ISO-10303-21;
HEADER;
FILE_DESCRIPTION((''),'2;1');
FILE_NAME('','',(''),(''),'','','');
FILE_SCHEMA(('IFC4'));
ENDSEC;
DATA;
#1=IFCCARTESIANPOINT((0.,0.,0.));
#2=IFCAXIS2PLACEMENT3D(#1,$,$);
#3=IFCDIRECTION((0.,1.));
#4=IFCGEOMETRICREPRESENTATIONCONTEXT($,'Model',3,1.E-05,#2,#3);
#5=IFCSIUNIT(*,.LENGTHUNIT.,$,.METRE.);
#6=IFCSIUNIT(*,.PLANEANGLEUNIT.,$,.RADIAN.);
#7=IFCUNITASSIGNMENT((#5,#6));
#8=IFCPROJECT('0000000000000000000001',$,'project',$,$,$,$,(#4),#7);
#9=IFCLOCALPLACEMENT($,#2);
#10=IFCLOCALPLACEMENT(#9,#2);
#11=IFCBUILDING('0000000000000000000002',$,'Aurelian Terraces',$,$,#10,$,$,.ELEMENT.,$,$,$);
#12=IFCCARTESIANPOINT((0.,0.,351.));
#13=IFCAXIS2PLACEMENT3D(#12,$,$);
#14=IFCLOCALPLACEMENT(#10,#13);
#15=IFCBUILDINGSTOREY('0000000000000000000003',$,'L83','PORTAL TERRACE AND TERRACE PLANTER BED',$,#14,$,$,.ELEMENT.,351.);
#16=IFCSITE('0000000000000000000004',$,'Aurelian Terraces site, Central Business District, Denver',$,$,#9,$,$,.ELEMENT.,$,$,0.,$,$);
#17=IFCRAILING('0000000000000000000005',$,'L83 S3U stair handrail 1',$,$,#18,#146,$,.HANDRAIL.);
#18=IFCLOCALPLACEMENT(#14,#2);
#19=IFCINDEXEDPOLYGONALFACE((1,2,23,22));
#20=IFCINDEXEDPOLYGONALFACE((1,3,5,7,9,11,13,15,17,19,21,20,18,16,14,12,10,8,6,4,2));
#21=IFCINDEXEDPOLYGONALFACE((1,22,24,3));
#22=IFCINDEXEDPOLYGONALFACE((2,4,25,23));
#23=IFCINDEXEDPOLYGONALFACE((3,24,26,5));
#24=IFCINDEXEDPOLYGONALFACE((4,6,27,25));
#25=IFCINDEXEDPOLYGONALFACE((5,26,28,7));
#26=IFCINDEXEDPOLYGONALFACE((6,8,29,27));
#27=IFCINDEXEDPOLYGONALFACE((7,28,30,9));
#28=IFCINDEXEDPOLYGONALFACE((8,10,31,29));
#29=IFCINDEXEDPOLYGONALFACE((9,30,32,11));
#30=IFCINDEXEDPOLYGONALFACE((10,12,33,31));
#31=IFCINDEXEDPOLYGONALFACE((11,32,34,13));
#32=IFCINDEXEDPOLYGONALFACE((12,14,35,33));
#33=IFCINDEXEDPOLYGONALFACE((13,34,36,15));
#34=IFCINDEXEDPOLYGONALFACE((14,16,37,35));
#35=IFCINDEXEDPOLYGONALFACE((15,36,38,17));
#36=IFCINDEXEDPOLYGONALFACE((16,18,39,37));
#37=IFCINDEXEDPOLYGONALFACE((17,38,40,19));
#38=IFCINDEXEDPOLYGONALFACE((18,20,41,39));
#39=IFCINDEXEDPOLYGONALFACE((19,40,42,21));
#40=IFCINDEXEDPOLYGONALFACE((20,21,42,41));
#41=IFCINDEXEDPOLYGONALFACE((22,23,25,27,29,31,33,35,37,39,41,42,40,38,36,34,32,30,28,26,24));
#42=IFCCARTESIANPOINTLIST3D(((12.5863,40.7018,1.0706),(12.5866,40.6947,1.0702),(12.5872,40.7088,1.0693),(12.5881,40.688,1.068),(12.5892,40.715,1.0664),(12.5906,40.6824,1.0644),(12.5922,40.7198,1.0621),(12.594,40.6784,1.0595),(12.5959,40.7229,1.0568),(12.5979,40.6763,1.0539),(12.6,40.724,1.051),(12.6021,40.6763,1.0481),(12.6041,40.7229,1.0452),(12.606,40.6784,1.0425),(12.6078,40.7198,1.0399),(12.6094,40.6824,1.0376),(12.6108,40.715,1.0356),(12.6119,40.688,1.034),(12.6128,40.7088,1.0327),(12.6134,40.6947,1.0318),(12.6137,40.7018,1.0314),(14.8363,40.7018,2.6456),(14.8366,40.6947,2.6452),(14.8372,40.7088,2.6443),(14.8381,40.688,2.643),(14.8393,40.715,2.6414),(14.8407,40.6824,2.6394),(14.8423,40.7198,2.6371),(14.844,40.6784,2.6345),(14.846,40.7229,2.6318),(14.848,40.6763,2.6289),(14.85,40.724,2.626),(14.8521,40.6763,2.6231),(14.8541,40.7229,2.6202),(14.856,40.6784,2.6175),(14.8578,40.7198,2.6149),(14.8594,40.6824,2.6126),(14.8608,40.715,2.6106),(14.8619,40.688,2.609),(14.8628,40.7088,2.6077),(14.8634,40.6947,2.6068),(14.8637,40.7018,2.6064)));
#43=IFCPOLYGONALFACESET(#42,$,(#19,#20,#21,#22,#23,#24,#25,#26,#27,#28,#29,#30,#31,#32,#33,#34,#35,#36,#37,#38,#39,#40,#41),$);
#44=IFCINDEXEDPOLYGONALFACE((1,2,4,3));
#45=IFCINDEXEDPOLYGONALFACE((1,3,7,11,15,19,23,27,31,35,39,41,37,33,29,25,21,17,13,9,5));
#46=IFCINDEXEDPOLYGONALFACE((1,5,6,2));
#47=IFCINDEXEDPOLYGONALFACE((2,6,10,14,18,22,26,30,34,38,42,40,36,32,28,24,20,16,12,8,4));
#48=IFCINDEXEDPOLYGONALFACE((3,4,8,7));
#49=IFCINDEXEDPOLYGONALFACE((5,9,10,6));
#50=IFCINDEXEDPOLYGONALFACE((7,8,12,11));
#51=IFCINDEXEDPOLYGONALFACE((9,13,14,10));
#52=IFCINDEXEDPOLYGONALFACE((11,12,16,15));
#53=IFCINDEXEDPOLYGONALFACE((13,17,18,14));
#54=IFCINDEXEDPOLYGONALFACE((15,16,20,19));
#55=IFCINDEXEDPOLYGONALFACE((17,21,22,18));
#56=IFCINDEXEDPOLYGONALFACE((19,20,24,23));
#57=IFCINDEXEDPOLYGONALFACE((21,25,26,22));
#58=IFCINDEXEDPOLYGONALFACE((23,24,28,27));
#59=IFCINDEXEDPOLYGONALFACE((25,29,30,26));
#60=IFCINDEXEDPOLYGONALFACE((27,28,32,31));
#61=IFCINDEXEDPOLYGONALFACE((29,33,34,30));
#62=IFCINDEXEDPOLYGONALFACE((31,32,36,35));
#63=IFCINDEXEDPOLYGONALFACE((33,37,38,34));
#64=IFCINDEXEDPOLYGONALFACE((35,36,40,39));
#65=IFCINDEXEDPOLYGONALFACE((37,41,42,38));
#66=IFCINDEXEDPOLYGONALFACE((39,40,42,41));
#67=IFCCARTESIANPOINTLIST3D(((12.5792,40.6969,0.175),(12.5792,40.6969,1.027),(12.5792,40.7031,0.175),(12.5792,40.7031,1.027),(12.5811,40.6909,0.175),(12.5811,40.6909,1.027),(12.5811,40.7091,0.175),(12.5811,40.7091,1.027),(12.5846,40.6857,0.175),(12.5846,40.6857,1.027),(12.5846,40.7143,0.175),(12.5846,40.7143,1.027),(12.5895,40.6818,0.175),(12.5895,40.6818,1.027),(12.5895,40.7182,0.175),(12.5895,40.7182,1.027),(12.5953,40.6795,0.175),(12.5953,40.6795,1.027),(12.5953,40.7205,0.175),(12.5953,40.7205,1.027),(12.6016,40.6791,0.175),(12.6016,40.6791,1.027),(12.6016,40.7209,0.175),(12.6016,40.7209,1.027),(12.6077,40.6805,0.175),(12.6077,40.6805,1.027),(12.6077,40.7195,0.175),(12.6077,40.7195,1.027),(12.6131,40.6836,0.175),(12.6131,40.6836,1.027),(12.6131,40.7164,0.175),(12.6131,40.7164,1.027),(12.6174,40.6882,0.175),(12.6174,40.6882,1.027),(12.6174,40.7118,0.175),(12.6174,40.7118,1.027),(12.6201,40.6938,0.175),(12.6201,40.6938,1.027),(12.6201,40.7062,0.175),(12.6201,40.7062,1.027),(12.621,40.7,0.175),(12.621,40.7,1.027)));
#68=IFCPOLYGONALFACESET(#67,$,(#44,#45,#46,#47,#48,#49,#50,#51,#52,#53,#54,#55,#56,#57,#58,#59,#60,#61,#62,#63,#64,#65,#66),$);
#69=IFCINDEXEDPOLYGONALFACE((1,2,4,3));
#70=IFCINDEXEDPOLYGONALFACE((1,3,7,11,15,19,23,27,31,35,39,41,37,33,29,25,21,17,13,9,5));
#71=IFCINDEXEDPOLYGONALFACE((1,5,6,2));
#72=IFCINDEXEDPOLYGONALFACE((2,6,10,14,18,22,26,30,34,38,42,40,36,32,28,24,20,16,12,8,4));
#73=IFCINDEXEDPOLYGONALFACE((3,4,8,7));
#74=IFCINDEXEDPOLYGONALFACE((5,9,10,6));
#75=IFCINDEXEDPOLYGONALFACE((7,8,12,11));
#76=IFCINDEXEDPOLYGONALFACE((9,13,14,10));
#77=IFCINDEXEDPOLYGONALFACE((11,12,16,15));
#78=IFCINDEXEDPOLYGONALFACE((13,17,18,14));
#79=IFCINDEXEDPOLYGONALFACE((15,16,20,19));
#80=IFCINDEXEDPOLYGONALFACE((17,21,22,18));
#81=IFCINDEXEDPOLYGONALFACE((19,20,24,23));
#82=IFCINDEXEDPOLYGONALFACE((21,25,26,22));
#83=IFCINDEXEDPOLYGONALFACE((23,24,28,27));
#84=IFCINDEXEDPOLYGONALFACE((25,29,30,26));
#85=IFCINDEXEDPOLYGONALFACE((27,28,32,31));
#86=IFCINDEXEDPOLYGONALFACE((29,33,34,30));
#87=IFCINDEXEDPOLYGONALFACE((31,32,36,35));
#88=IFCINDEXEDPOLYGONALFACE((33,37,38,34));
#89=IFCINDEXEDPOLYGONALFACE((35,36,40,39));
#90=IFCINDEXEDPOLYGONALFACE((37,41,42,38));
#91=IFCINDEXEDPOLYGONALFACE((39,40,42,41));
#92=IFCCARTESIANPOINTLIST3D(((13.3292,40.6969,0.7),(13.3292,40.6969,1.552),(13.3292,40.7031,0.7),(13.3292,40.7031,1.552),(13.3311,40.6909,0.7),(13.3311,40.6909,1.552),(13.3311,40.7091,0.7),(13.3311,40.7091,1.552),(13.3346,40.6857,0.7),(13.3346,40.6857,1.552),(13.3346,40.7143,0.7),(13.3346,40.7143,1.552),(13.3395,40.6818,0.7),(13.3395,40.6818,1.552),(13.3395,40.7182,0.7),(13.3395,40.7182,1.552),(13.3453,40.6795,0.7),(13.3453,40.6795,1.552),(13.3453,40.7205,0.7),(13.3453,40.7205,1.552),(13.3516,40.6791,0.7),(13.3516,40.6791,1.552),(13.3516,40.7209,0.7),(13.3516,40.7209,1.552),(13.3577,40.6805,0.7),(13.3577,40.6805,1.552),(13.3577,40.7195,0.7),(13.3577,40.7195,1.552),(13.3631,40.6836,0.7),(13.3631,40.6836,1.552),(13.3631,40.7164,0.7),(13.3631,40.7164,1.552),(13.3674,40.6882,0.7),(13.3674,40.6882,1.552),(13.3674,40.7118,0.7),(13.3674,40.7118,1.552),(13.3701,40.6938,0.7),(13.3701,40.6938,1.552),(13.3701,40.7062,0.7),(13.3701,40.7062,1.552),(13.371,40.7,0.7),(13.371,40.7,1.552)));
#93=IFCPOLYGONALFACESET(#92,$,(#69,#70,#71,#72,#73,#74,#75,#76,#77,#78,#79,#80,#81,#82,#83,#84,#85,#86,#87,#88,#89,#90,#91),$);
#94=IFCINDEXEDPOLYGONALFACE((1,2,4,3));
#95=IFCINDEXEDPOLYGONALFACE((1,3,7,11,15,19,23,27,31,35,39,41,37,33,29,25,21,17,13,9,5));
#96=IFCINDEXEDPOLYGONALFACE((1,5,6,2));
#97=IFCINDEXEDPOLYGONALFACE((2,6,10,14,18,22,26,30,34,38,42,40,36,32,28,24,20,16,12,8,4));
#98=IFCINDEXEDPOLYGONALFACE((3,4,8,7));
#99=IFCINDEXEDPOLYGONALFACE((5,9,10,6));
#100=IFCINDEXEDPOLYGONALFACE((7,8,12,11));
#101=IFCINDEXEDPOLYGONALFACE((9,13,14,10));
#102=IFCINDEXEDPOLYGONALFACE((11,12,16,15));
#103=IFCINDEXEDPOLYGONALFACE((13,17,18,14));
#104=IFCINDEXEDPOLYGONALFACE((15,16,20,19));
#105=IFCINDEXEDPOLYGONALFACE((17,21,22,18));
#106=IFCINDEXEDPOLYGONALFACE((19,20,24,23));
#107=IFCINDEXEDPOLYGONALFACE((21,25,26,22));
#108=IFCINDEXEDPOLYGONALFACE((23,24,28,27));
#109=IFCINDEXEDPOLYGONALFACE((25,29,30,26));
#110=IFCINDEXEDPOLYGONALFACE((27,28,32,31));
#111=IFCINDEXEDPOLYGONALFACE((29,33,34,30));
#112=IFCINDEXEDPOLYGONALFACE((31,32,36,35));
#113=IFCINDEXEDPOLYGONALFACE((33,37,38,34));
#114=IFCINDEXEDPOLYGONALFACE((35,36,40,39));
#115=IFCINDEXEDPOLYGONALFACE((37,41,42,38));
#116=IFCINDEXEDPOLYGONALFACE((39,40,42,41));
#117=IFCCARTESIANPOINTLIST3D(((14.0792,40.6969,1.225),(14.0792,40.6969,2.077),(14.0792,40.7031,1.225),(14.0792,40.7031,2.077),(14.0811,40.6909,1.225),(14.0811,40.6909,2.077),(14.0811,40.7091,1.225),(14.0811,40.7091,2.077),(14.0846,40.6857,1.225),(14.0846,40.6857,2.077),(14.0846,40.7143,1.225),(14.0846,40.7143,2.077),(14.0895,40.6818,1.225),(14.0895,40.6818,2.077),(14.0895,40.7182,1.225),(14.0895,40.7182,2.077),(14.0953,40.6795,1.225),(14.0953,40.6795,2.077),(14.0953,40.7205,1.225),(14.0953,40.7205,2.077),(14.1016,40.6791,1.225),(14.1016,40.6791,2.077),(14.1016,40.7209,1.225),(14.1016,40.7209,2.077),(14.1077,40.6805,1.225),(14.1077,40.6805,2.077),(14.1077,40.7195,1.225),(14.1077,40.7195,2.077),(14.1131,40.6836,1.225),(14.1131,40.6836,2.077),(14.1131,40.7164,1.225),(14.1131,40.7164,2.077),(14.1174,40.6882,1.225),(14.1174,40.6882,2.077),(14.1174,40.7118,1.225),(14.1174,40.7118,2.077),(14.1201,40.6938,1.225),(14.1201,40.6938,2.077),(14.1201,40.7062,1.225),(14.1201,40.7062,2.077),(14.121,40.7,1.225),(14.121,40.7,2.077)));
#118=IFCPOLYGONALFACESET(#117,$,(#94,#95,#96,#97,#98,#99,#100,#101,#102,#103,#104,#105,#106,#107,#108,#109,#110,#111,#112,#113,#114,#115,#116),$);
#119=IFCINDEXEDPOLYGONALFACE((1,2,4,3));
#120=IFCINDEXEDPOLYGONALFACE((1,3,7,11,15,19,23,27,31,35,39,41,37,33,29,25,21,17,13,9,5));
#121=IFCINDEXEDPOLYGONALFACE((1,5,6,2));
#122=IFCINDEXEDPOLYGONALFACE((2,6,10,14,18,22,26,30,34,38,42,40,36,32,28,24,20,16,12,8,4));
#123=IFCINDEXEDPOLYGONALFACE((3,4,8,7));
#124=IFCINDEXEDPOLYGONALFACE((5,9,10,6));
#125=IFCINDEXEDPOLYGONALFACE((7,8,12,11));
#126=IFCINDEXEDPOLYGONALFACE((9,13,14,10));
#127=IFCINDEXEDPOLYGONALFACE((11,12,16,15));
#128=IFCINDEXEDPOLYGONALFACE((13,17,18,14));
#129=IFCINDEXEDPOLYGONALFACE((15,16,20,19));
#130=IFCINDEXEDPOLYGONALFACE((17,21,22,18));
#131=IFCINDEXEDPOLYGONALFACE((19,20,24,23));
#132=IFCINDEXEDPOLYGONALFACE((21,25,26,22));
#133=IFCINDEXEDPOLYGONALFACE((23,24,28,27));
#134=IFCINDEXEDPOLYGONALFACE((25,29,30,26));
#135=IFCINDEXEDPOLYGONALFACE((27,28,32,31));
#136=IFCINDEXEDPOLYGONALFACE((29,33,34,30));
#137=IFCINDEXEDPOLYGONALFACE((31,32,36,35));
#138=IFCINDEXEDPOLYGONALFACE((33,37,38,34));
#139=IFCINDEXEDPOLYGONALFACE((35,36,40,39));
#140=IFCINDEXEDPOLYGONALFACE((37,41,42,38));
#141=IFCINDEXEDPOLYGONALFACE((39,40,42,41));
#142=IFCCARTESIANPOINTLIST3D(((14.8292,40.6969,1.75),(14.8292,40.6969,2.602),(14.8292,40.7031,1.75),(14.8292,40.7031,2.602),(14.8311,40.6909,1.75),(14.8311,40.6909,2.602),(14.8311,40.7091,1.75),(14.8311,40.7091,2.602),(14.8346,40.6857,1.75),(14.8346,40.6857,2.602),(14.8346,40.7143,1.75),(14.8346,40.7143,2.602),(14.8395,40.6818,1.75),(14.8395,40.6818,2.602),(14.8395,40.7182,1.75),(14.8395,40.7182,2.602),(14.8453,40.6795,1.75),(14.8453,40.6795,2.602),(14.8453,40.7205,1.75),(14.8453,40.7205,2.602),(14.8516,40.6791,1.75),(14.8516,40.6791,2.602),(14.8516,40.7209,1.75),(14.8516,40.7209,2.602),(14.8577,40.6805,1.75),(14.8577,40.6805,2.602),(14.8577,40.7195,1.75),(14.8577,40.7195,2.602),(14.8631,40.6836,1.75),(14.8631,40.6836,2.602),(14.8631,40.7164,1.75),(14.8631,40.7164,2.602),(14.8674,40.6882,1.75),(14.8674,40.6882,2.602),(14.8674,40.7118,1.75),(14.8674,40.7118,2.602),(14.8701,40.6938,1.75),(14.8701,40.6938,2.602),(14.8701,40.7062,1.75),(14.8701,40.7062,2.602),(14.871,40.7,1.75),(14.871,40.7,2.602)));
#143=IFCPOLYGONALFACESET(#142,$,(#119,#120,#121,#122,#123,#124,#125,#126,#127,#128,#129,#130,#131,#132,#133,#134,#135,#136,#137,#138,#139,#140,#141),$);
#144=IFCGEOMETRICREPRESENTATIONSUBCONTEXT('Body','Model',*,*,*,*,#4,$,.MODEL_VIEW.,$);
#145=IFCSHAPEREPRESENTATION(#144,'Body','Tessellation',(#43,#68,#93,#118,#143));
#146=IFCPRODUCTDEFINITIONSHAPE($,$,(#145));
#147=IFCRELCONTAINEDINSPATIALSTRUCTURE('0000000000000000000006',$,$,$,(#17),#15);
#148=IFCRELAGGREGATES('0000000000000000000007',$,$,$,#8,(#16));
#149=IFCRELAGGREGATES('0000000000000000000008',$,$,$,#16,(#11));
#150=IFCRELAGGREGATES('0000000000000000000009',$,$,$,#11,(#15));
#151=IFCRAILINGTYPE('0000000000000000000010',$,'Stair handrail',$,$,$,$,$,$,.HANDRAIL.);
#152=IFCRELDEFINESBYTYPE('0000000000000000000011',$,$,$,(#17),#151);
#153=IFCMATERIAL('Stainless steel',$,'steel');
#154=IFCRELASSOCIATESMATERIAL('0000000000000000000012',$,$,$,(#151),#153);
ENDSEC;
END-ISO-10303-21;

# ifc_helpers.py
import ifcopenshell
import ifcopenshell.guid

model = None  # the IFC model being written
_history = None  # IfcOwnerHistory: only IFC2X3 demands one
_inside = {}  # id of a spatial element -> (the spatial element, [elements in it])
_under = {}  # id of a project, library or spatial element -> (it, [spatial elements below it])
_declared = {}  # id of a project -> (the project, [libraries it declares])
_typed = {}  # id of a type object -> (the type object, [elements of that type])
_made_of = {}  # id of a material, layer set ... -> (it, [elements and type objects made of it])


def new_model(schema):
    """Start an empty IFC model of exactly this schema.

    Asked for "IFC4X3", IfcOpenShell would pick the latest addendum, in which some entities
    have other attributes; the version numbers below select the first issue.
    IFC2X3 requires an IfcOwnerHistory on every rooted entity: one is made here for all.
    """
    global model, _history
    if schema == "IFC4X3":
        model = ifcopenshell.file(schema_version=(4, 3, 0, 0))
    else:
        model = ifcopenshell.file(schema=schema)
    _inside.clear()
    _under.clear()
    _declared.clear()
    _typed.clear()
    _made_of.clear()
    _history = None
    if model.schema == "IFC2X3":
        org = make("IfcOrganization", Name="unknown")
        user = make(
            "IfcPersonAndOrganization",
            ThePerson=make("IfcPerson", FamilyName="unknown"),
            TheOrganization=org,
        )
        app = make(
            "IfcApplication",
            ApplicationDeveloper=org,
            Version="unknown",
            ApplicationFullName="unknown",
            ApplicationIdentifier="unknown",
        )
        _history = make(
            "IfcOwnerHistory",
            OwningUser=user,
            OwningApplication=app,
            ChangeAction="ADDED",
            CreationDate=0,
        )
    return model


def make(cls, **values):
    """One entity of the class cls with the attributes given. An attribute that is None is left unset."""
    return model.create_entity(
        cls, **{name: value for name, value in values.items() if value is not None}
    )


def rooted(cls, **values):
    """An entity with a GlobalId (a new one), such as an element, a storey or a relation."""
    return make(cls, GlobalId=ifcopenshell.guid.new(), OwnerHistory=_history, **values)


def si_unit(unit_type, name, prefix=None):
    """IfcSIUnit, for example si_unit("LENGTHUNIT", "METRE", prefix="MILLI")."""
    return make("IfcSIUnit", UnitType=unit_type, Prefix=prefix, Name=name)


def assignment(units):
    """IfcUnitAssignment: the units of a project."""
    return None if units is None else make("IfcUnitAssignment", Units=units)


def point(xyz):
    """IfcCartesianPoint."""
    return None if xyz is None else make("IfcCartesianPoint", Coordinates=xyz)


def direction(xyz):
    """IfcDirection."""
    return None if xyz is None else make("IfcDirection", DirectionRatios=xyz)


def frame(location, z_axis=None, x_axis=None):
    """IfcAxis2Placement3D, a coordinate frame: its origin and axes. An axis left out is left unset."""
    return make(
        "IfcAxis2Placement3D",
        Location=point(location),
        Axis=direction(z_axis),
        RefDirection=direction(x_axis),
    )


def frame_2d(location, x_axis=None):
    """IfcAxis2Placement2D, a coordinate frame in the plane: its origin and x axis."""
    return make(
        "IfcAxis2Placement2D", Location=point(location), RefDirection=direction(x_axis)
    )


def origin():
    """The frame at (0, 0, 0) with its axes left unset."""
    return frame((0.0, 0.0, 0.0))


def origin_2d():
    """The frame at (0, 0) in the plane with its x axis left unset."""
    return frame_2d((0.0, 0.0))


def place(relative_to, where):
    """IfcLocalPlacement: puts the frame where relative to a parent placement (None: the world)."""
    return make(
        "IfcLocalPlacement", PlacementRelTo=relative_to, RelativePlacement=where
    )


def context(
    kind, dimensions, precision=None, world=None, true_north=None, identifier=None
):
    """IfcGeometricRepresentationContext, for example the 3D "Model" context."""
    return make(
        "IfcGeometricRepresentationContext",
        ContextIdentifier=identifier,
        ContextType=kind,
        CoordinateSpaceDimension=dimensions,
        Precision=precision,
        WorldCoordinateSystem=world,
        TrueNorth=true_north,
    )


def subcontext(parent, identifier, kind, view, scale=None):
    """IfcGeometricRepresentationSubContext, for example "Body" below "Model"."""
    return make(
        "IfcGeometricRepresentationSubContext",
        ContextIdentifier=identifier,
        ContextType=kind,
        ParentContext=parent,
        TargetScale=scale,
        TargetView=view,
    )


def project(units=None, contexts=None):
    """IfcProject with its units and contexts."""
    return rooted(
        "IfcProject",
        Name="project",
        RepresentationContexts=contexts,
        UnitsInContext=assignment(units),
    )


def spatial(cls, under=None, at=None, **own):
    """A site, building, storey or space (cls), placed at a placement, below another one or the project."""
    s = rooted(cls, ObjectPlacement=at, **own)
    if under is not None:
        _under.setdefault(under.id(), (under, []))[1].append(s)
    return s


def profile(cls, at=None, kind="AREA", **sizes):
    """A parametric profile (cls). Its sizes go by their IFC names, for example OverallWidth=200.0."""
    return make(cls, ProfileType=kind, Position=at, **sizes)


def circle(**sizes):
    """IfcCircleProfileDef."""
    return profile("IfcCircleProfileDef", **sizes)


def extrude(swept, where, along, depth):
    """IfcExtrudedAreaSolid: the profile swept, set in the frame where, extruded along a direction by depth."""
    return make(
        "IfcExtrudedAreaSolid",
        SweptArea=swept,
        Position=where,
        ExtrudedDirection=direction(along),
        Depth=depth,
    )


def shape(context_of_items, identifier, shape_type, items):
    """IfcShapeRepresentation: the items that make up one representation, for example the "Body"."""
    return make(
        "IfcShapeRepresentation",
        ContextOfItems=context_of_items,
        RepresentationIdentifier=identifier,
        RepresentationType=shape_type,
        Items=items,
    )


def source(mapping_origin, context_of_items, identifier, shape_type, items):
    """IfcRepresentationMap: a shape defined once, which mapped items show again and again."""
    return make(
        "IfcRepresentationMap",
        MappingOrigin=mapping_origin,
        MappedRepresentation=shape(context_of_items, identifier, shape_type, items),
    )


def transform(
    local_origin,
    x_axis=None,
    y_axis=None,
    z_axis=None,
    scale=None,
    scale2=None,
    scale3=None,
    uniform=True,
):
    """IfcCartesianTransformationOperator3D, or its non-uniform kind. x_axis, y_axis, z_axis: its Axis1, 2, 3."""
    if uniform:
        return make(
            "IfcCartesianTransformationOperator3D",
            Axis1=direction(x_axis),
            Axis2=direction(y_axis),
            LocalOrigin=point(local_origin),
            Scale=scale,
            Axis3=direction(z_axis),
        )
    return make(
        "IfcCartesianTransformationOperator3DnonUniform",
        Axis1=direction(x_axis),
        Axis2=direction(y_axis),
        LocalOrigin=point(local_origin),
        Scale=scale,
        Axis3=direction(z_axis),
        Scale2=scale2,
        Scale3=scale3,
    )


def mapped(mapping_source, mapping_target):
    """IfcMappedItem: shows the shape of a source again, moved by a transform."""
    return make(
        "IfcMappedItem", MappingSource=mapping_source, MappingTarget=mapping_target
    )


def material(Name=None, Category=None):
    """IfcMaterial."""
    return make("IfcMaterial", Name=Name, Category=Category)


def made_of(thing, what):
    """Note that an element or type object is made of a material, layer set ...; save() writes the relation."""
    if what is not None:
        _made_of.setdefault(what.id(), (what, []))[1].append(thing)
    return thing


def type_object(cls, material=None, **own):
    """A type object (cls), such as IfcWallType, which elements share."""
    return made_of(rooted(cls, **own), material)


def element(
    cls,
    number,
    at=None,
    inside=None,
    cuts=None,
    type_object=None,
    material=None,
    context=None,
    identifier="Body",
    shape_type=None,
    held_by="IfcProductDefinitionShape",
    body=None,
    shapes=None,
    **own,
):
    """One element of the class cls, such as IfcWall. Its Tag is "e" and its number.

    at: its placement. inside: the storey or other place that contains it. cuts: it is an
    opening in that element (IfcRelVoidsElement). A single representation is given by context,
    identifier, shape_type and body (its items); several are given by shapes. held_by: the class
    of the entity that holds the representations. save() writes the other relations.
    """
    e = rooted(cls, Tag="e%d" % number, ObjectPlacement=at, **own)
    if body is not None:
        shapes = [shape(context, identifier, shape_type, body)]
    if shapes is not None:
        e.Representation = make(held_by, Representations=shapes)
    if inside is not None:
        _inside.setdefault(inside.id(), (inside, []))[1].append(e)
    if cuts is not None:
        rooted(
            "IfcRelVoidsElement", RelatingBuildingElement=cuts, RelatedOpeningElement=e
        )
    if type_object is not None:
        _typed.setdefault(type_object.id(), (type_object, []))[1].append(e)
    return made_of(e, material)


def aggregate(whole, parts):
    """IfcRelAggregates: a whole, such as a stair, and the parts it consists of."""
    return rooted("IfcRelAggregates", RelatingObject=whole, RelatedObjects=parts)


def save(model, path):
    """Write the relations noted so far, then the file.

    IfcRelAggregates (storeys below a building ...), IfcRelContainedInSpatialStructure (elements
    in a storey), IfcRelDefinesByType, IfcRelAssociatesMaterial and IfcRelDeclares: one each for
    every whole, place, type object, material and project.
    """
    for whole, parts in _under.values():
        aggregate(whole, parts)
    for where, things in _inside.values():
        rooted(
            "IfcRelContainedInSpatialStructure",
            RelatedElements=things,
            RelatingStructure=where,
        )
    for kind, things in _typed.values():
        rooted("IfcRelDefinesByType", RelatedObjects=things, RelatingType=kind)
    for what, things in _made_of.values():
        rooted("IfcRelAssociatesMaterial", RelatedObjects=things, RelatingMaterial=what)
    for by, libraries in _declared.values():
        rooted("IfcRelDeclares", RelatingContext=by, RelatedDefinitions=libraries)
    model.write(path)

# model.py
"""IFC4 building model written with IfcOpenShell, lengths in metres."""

from ifc_helpers import new_model, si_unit, direction, frame, origin, origin_2d, place, context, subcontext, project, spatial, circle, extrude, source, transform, mapped, material, type_object, element, save


model = new_model("IFC4")

# Units and contexts
model_context = context("Model", 3, precision=1e-05, world=origin(), true_north=direction((0.0, 1.0)))
body_context = subcontext(model_context, "Body", "Model", "MODEL_VIEW")
ifc_project = project(units=[si_unit("LENGTHUNIT", "METRE"), si_unit("PLANEANGLEUNIT", "RADIAN")], contexts=[model_context])

# Site, building, storey
site_placement = place(None, origin())
site = spatial("IfcSite", under=ifc_project, at=site_placement, Name="Aurelian Terraces site, Central Business District, Denver", CompositionType="ELEMENT", RefElevation=0.0)
building_placement = place(site_placement, origin())
building = spatial("IfcBuilding", under=site, at=building_placement, Name="Aurelian Terraces", CompositionType="ELEMENT")
storey_placement = place(building_placement, frame((0.0, 0.0, 351.0)))
storey = spatial("IfcBuildingStorey", under=building, at=storey_placement, Name="L83", Description="PORTAL TERRACE AND TERRACE PLANTER BED", CompositionType="ELEMENT", Elevation=351.0)

# Railing
ifc_material_1 = material(Name="Stainless steel", Category="steel")
railing_type_1 = type_object("IfcRailingType", Name="Stair handrail", PredefinedType="HANDRAIL", material=ifc_material_1)
shared_shape_1 = source(origin(), body_context, "Body", "SweptSolid", [
    extrude(circle(Radius=0.024, at=origin_2d()), frame((0.0, 0.0, 0.876), z_axis=(0.819232, 0.0, 0.573462), x_axis=(0.0, 1.0, 0.0)), (0.0, 0.0, 1.0), 2.7465),
    extrude(circle(Radius=0.021, at=origin_2d()), origin(), (0.0, 0.0, 1.0), 0.852),
    extrude(circle(Radius=0.021, at=origin_2d()), frame((0.75, 0.0, 0.525)), (0.0, 0.0, 1.0), 0.852),
    extrude(circle(Radius=0.021, at=origin_2d()), frame((1.5, 0.0, 1.05)), (0.0, 0.0, 1.0), 0.852),
    extrude(circle(Radius=0.021, at=origin_2d()), frame((2.25, 0.0, 1.575)), (0.0, 0.0, 1.0), 0.852),
])
railing_1_placement = place(storey_placement, frame((12.6, 40.7, 0.175)))
element("IfcRailing", 1, at=railing_1_placement, inside=storey, type_object=railing_type_1, Name="L83 S3U stair handrail 1", PredefinedType="HANDRAIL", context=body_context, shape_type="MappedRepresentation", body=[
    mapped(shared_shape_1, transform((0.0, 0.0, 0.0), scale=1.0)),
])

save(model, "model.ifc")
